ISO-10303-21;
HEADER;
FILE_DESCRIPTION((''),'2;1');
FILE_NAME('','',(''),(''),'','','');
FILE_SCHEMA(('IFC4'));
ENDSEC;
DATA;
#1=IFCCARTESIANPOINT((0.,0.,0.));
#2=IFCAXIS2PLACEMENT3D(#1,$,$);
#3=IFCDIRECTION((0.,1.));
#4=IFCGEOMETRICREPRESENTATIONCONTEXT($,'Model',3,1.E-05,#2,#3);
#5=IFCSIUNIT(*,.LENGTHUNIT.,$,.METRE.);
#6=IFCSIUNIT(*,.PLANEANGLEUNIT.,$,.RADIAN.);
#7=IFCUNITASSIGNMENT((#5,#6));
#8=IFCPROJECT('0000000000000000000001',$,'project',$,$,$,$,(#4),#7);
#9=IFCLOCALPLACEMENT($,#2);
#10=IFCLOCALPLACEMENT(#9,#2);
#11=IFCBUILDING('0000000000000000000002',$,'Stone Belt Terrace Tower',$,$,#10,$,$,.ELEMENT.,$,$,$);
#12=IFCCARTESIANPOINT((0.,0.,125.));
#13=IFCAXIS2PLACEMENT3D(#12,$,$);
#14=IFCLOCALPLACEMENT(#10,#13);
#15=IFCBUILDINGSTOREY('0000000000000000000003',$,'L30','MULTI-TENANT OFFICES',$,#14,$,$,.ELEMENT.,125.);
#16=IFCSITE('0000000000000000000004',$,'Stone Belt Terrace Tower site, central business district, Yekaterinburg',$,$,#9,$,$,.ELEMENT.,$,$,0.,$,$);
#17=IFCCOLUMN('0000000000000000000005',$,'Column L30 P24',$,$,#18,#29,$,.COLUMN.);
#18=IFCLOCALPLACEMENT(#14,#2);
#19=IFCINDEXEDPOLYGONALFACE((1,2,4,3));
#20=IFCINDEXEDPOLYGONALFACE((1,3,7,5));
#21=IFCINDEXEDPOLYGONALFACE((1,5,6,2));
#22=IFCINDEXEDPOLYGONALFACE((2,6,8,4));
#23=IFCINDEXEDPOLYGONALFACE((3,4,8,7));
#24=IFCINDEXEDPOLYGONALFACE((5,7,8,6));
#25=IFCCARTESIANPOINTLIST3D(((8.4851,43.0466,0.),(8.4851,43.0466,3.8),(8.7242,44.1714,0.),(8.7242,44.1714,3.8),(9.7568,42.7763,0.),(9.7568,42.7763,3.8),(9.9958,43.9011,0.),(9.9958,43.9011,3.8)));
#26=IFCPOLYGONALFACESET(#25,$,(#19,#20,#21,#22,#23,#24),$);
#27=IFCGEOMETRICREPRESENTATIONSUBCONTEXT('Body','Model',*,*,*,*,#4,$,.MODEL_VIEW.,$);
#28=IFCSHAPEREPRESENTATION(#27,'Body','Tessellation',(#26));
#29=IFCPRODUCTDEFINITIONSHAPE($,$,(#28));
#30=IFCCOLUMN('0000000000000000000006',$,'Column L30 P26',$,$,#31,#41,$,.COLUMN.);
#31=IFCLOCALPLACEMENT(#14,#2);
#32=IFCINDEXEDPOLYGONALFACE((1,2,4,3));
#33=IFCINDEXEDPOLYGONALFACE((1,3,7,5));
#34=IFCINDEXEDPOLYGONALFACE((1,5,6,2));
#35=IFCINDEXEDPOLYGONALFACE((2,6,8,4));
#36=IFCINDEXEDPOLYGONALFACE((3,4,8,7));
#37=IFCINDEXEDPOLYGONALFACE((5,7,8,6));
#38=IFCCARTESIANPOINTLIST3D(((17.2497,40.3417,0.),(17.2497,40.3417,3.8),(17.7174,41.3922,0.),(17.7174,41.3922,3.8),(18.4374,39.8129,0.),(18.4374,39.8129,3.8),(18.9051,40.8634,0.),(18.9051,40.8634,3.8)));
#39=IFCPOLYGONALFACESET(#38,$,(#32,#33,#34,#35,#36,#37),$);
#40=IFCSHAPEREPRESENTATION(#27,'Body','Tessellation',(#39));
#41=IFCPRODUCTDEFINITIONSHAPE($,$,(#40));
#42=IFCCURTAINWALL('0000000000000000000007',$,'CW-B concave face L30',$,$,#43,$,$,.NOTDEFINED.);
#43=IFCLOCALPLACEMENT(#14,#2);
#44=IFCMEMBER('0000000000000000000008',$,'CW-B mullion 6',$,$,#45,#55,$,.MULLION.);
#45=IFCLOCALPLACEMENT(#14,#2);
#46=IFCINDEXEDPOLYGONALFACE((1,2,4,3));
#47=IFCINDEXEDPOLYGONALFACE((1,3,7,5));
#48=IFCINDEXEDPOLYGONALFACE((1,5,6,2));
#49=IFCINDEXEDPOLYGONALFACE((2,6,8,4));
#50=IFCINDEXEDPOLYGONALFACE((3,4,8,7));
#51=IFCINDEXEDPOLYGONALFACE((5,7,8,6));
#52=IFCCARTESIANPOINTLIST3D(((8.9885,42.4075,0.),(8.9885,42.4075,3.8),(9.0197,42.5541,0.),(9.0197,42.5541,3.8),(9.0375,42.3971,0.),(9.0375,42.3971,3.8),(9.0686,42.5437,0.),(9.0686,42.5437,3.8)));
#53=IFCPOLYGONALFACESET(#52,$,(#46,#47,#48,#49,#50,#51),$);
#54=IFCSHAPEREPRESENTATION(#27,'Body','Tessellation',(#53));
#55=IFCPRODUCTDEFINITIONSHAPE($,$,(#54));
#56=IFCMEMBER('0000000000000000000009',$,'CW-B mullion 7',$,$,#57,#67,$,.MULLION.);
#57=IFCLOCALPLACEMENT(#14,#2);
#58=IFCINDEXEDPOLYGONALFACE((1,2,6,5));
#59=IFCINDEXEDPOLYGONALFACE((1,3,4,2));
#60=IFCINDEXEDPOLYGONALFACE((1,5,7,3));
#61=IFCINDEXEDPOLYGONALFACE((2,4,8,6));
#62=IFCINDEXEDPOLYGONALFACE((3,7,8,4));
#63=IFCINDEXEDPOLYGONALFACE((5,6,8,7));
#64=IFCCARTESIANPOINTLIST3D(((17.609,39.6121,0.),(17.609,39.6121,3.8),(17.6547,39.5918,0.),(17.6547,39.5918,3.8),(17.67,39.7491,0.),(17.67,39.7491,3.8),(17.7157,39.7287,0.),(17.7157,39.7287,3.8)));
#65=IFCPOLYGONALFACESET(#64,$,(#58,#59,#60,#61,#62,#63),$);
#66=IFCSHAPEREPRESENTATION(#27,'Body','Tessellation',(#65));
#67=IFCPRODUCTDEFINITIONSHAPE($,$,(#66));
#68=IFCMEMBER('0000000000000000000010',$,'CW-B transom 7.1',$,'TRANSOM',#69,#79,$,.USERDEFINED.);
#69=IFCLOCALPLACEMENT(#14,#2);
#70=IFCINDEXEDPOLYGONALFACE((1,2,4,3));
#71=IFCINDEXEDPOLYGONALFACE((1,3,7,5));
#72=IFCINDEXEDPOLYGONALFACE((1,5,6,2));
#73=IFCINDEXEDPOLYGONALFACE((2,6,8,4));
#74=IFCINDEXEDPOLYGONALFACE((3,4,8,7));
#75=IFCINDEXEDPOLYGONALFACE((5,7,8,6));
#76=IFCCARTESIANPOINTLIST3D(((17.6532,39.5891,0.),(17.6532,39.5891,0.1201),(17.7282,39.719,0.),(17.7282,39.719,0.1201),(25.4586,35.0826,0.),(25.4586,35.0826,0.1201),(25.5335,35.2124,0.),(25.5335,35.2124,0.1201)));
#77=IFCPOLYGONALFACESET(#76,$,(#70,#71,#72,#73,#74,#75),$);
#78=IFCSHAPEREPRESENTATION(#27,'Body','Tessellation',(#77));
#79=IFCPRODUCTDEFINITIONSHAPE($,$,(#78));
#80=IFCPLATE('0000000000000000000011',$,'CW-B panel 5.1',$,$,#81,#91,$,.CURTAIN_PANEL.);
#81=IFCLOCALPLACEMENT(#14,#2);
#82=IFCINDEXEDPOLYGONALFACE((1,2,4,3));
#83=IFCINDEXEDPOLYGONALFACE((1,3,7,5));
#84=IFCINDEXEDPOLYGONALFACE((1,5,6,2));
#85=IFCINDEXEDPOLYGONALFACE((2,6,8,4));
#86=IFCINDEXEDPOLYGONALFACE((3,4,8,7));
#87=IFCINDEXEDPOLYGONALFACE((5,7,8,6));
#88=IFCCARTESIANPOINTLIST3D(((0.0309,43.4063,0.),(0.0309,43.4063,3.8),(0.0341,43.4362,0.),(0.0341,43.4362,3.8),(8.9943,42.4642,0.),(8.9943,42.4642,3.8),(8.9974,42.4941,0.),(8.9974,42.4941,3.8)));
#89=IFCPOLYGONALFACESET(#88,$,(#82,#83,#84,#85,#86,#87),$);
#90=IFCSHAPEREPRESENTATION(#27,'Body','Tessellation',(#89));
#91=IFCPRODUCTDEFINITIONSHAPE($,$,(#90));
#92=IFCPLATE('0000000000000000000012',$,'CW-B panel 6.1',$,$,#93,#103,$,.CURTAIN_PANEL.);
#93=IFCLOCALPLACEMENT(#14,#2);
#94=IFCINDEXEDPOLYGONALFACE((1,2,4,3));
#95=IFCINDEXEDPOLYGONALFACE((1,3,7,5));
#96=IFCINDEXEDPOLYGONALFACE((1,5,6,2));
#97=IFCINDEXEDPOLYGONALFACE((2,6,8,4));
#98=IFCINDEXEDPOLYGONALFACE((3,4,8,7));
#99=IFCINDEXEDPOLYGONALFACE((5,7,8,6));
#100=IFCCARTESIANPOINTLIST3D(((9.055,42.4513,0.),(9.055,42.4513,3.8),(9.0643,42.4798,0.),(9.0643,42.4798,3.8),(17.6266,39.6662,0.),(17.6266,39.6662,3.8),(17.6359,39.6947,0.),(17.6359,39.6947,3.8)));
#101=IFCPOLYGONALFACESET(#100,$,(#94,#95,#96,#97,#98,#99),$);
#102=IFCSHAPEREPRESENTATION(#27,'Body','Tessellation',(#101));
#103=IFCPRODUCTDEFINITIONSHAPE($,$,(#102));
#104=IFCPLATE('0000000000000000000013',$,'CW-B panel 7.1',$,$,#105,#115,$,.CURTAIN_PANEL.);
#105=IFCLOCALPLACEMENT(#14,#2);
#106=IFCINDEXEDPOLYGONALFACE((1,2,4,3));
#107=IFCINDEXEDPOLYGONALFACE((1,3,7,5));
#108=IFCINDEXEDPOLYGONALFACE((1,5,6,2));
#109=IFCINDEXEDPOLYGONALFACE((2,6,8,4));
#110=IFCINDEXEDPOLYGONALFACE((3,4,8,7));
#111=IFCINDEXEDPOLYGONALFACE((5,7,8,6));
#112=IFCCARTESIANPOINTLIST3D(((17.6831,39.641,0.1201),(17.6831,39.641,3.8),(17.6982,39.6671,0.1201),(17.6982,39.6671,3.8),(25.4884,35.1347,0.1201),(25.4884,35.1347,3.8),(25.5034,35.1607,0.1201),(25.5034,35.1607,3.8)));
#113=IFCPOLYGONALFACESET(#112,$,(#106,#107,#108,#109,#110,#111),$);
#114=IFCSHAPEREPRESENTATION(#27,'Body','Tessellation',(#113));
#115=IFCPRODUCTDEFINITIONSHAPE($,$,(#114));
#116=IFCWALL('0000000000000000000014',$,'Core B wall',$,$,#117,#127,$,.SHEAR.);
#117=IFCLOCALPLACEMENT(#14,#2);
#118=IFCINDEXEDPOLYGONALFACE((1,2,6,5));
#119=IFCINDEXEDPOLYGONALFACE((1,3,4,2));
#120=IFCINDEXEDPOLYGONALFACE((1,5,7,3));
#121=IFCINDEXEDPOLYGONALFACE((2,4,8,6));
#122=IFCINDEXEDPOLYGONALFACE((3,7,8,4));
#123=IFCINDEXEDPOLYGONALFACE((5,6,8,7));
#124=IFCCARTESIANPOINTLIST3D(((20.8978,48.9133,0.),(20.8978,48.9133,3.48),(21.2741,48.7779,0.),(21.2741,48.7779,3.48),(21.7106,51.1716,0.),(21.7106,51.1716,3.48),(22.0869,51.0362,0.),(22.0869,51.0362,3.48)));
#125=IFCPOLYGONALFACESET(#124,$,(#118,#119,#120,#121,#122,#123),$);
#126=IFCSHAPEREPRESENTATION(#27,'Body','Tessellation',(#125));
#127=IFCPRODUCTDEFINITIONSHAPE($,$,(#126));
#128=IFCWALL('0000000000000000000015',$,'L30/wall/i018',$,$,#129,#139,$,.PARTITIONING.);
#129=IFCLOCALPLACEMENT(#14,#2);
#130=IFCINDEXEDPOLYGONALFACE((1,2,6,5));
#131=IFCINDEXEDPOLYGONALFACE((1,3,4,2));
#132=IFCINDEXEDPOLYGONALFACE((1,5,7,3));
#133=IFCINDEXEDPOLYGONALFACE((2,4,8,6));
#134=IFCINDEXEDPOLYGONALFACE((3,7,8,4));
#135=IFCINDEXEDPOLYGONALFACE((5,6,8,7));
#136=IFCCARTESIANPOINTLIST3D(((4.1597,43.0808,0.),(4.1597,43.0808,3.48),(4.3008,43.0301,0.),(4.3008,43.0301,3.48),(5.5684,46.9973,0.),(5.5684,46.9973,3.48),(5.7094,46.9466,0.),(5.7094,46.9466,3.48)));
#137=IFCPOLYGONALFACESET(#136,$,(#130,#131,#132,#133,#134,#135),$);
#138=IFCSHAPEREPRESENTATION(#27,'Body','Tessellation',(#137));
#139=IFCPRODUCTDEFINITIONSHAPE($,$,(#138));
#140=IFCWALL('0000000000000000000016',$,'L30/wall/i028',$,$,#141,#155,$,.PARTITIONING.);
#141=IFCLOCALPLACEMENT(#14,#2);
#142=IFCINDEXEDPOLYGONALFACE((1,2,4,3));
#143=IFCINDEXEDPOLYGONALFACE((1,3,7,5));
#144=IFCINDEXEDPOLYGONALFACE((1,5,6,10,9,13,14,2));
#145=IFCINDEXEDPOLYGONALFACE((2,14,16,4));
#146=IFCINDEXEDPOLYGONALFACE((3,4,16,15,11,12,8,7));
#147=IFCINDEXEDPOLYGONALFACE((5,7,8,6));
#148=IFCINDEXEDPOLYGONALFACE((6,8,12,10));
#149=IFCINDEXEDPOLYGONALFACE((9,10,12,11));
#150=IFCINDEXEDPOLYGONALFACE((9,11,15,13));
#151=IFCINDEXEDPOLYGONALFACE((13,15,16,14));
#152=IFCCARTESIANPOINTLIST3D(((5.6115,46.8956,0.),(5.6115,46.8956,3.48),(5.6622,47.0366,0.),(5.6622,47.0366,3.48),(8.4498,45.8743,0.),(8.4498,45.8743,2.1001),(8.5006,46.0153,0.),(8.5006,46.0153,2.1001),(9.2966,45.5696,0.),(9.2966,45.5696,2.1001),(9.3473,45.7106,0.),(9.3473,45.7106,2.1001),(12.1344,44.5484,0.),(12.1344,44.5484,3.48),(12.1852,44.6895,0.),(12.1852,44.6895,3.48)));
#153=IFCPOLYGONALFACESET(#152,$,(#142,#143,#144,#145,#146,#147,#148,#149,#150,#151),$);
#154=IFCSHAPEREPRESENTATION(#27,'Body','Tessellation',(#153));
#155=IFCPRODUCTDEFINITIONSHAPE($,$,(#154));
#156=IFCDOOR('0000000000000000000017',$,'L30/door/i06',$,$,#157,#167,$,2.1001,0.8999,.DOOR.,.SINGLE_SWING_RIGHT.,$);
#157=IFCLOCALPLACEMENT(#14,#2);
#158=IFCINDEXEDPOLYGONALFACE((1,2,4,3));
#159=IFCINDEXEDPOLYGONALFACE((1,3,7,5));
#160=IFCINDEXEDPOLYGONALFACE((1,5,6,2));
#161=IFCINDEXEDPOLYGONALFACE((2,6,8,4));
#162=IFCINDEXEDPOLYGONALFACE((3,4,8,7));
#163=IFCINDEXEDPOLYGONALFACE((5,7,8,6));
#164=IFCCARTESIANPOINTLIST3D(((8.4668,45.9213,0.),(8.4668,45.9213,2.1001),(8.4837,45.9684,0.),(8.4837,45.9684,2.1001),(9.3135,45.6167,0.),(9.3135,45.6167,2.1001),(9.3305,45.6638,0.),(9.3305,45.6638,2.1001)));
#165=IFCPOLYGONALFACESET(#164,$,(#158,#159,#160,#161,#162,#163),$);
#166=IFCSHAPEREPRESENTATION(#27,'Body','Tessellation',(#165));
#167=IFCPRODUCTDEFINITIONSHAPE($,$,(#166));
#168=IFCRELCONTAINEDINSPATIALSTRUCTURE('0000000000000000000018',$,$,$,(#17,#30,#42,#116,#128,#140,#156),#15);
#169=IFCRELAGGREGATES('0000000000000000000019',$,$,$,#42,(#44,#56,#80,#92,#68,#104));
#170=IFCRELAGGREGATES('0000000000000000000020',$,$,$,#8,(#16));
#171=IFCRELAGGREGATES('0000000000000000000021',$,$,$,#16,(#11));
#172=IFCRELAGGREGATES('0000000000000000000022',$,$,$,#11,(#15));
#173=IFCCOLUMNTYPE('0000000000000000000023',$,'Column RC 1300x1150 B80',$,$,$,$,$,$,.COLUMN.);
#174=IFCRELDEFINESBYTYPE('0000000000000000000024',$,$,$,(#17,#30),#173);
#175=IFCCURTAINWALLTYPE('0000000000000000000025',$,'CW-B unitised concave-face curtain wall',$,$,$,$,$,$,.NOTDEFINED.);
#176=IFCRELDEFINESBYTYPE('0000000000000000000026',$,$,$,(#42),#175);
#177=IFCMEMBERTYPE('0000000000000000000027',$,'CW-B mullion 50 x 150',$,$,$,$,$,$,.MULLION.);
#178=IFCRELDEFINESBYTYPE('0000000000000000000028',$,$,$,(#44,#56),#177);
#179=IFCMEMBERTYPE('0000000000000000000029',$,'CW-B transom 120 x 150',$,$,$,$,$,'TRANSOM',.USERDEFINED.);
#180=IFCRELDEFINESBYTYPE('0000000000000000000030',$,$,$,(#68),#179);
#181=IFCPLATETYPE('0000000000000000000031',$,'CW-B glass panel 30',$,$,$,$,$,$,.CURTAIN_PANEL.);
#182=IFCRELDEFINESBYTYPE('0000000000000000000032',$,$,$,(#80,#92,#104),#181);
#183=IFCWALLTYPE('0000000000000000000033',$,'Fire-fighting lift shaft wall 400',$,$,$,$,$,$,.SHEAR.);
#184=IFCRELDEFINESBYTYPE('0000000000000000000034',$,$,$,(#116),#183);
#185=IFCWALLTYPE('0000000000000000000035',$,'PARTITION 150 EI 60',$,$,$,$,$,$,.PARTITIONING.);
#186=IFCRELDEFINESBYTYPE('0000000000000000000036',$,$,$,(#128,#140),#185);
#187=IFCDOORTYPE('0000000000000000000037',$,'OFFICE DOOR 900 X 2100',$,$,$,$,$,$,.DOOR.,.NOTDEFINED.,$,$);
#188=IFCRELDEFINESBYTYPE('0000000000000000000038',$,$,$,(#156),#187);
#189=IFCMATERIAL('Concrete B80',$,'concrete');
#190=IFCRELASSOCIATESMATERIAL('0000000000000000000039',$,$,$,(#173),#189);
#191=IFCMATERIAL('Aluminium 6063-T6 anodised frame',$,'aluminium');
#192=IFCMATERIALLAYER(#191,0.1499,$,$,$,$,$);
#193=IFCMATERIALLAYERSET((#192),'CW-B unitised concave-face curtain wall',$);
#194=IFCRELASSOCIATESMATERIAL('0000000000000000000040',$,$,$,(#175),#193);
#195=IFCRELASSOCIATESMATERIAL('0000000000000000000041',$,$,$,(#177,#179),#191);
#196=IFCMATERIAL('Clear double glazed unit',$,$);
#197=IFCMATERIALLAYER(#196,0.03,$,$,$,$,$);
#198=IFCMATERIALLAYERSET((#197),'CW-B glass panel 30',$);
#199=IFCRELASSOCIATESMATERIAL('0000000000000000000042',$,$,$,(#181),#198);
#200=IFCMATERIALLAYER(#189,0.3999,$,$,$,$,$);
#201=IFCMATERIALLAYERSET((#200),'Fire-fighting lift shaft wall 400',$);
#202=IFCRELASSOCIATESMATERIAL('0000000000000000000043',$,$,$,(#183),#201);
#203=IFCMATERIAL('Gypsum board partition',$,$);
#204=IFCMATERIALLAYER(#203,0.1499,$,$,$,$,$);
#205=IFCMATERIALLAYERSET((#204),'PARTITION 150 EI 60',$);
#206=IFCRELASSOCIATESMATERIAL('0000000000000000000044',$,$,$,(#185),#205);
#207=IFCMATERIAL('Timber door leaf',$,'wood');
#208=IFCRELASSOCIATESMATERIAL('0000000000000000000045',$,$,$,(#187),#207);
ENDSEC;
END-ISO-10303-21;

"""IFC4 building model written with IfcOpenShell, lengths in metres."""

from ifc_helpers import new_model, si_unit, direction, frame, frame_2d, origin, origin_2d, place, context, subcontext, project, spatial, rectangle, extrude, material, layer, layer_set, material_profile, profile_set, type_object, element, fill, aggregate, save


model = new_model("IFC4")

# Units and contexts
model_context = context("Model", 3, precision=1e-05, world=origin(), true_north=direction((0.0, 1.0)))
body_context = subcontext(model_context, "Body", "Model", "MODEL_VIEW")
ifc_project = project(units=[si_unit("LENGTHUNIT", "METRE"), si_unit("PLANEANGLEUNIT", "RADIAN")], contexts=[model_context])

# Site, building, storey
site_placement = place(None, origin())
site = spatial("IfcSite", under=ifc_project, at=site_placement, Name="Stone Belt Terrace Tower site, central business district, Yekaterinburg", CompositionType="ELEMENT", RefElevation=0.0)
building_placement = place(site_placement, origin())
building = spatial("IfcBuilding", under=site, at=building_placement, Name="Stone Belt Terrace Tower", CompositionType="ELEMENT")
storey_placement = place(building_placement, frame((0.0, 0.0, 125.0)))
storey = spatial("IfcBuildingStorey", under=building, at=storey_placement, Name="L30", Description="MULTI-TENANT OFFICES", CompositionType="ELEMENT", Elevation=125.0)

# Columns
ifc_material_1 = material(Name="Concrete B80", Category="concrete")
ifc_material_profile_1 = material_profile(ifc_material_1, rectangle(XDim=1.3, YDim=1.1499, at=origin_2d()), Name="RC 1300x1150")
ifc_profile_set_1 = profile_set([ifc_material_profile_1], Name="Concrete B80")
column_type = type_object("IfcColumnType", Name="Column RC 1300x1150 B80", PredefinedType="COLUMN", material=ifc_profile_set_1)
for number, where, z_axis, x_axis, name in (
    (1, (9.2405, 43.4739, 0.0), (0.0, 0.0, 1.0), (0.978148, -0.207912, 0.0), "Column L30 P24"),
    (2, (18.0774, 40.6025, 0.0), (0.0, 0.0, 1.0), (0.913545, -0.406737, 0.0), "Column L30 P26"),
):
    element("IfcColumn", number, at=place(storey_placement, frame(where, z_axis=z_axis, x_axis=x_axis)), inside=storey, type_object=column_type, Name=name, PredefinedType="COLUMN", context=body_context, shape_type="SweptSolid", body=[
        extrude(rectangle(XDim=1.3, YDim=1.1499, at=origin_2d()), origin(), (0.0, 0.0, 1.0), 3.8),
    ])

# Curtain wall, members, plates
ifc_material_2 = material(Name="Aluminium 6063-T6 anodised frame", Category="aluminium")
ifc_layer_1 = layer(ifc_material_2, 0.1499)
ifc_layer_set_1 = layer_set([ifc_layer_1], Name="CW-B unitised concave-face curtain wall")
curtain_wall_type = type_object("IfcCurtainWallType", Name="CW-B unitised concave-face curtain wall", PredefinedType="NOTDEFINED", material=ifc_layer_set_1)
curtain_wall_placement = place(storey_placement, origin())
curtain_wall = element("IfcCurtainWall", 3, at=curtain_wall_placement, inside=storey, type_object=curtain_wall_type, Name="CW-B concave face L30", PredefinedType="NOTDEFINED")
ifc_material_profile_2 = material_profile(ifc_material_2, rectangle(XDim=0.1499, YDim=0.05, at=origin_2d()), Name="Aluminium 6063-T6 50x150")
ifc_profile_set_2 = profile_set([ifc_material_profile_2], Name="Aluminium 6063-T6 anodised frame")
member_type_1 = type_object("IfcMemberType", Name="CW-B mullion 50 x 150", PredefinedType="MULLION", material=ifc_profile_set_2)
member_1_placement = place(storey_placement, frame((9.0286, 42.4756, 0.0), z_axis=(0.0, 0.0, 1.0), x_axis=(0.207912, 0.978148, 0.0)))
member_1 = element("IfcMember", 4, at=member_1_placement, type_object=member_type_1, Name="CW-B mullion 6", PredefinedType="MULLION", context=body_context, shape_type="SweptSolid", body=[
    extrude(rectangle(XDim=0.1499, YDim=0.05, at=origin_2d()), origin(), (0.0, 0.0, 1.0), 3.8),
])
member_2_placement = place(storey_placement, frame((17.6624, 39.6704, 0.0), z_axis=(0.0, 0.0, 1.0), x_axis=(0.406737, 0.913545, 0.0)))
member_2 = element("IfcMember", 5, at=member_2_placement, type_object=member_type_1, Name="CW-B mullion 7", PredefinedType="MULLION", context=body_context, shape_type="SweptSolid", body=[
    extrude(rectangle(XDim=0.1499, YDim=0.05, at=origin_2d()), origin(), (0.0, 0.0, 1.0), 3.8),
])
ifc_material_profile_3 = material_profile(ifc_material_2, rectangle(XDim=0.1499, YDim=0.1201, at=origin_2d()), Name="Aluminium 6063-T6 150x120")
ifc_profile_set_3 = profile_set([ifc_material_profile_3], Name="Aluminium 6063-T6 anodised frame")
member_type_2 = type_object("IfcMemberType", Name="CW-B transom 120 x 150", ElementType="TRANSOM", PredefinedType="USERDEFINED", material=ifc_profile_set_3)
member_3_placement = place(storey_placement, frame((17.6907, 39.6541, 0.0601), z_axis=(0.866019, -0.500011, 0.0), x_axis=(0.500011, 0.866019, 0.0)))
member_3 = element("IfcMember", 6, at=member_3_placement, type_object=member_type_2, Name="CW-B transom 7.1", ObjectType="TRANSOM", PredefinedType="USERDEFINED", context=body_context, shape_type="SweptSolid", body=[
    extrude(rectangle(XDim=0.1499, YDim=0.1201, at=origin_2d()), origin(), (0.0, 0.0, 1.0), 9.0129),
])
ifc_material_3 = material(Name="Clear double glazed unit")
ifc_layer_2 = layer(ifc_material_3, 0.03)
ifc_layer_set_2 = layer_set([ifc_layer_2], Name="CW-B glass panel 30")
plate_type = type_object("IfcPlateType", Name="CW-B glass panel 30", PredefinedType="CURTAIN_PANEL", material=ifc_layer_set_2)
plate_1_placement = place(storey_placement, frame((4.5142, 42.9502, 0.0), z_axis=(0.0, 0.0, 1.0), x_axis=(0.994522, -0.104528, 0.0)))
plate_1 = element("IfcPlate", 7, at=plate_1_placement, type_object=plate_type, Name="CW-B panel 5.1", PredefinedType="CURTAIN_PANEL", context=body_context, shape_type="SweptSolid", body=[
    extrude(rectangle(XDim=9.0127, YDim=0.03, at=origin_2d()), origin(), (0.0, 0.0, 1.0), 3.8),
])
plate_2_placement = place(storey_placement, frame((13.3455, 41.073, 0.0), z_axis=(0.0, 0.0, 1.0), x_axis=(0.951057, -0.309017, 0.0)))
plate_2 = element("IfcPlate", 8, at=plate_2_placement, type_object=plate_type, Name="CW-B panel 6.1", PredefinedType="CURTAIN_PANEL", context=body_context, shape_type="SweptSolid", body=[
    extrude(rectangle(XDim=9.0127, YDim=0.03, at=origin_2d()), origin(), (0.0, 0.0, 1.0), 3.8),
])
plate_3_placement = place(storey_placement, frame((21.5933, 37.4009, 0.1201), z_axis=(0.0, 0.0, 1.0), x_axis=(0.866025, -0.5, 0.0)))
plate_3 = element("IfcPlate", 9, at=plate_3_placement, type_object=plate_type, Name="CW-B panel 7.1", PredefinedType="CURTAIN_PANEL", context=body_context, shape_type="SweptSolid", body=[
    extrude(rectangle(XDim=9.0127, YDim=0.03, at=origin_2d()), origin(), (0.0, 0.0, 1.0), 3.6799),
])
aggregate(curtain_wall, [member_1, member_2, plate_1, plate_2, member_3, plate_3])

# Walls
ifc_layer_3 = layer(ifc_material_1, 0.3999)
ifc_layer_set_3 = layer_set([ifc_layer_3], Name="Fire-fighting lift shaft wall 400")
wall_type_1 = type_object("IfcWallType", Name="Fire-fighting lift shaft wall 400", PredefinedType="SHEAR", material=ifc_layer_set_3)
wall_1_placement = place(storey_placement, frame((21.0859, 48.8455, 0.0), z_axis=(0.0, 0.0, 1.0), x_axis=(0.338629, 0.94092, 0.0)))
element("IfcWall", 10, at=wall_1_placement, inside=storey, type_object=wall_type_1, Name="Core B wall", PredefinedType="SHEAR", context=body_context, shape_type="SweptSolid", body=[
    extrude(rectangle(XDim=2.4001, YDim=0.3999, at=frame_2d((1.2002, 0.0))), origin(), (0.0, 0.0, 1.0), 3.48),
])
ifc_material_4 = material(Name="Gypsum board partition")
ifc_layer_4 = layer(ifc_material_4, 0.1499)
ifc_layer_set_4 = layer_set([ifc_layer_4], Name="PARTITION 150 EI 60")
wall_type_2 = type_object("IfcWallType", Name="PARTITION 150 EI 60", PredefinedType="PARTITIONING", material=ifc_layer_set_4)
wall_2_placement = place(storey_placement, frame((5.6389, 46.9719, 0.0), z_axis=(0.0, 0.0, 1.0), x_axis=(-0.338454, -0.940983, 0.0)))
element("IfcWall", 11, at=wall_2_placement, inside=storey, type_object=wall_type_2, Name="L30/wall/i018", PredefinedType="PARTITIONING", context=body_context, shape_type="SweptSolid", body=[
    extrude(rectangle(XDim=4.1621, YDim=0.1499, at=frame_2d((2.0811, 0.0))), origin(), (0.0, 0.0, 1.0), 3.48),
])

# Wall, opening, door
wall_3_placement = place(storey_placement, frame((12.1599, 44.6189, 0.0), z_axis=(0.0, 0.0, 1.0), x_axis=(-0.940938, 0.33858, 0.0)))
wall_3 = element("IfcWall", 12, at=wall_3_placement, inside=storey, type_object=wall_type_2, Name="L30/wall/i028", PredefinedType="PARTITIONING", context=body_context, shape_type="SweptSolid", body=[
    extrude(rectangle(XDim=6.9324, YDim=0.1499, at=frame_2d((3.4663, 0.0))), origin(), (0.0, 0.0, 1.0), 3.48),
])
opening_1_placement = place(wall_3_placement, frame((3.0161, 0.0, 0.0)))
opening_1 = element("IfcOpeningElement", 13, at=opening_1_placement, cuts=wall_3, PredefinedType="OPENING", context=body_context, shape_type="SweptSolid", body=[
    extrude(rectangle(XDim=0.8999, YDim=2.1001, at=frame_2d((0.45, 1.05))), frame((0.0, 0.085, 0.0), z_axis=(0.0, -1.0, 0.0), x_axis=(1.0, 0.0, 0.0)), (0.0, 0.0, 1.0), 0.1699),
])
ifc_material_5 = material(Name="Timber door leaf", Category="wood")
door_type_1 = type_object("IfcDoorType", Name="OFFICE DOOR 900 X 2100", OperationType="NOTDEFINED", PredefinedType="DOOR", material=ifc_material_5)
door_1_placement = place(opening_1_placement, origin())
door_1 = element("IfcDoor", 14, at=door_1_placement, inside=storey, type_object=door_type_1, Name="L30/door/i06", OperationType="SINGLE_SWING_RIGHT", OverallHeight=2.1001, OverallWidth=0.8999, PredefinedType="DOOR", context=body_context, shape_type="SweptSolid", body=[
    extrude(rectangle(XDim=0.8999, YDim=2.1001, at=frame_2d((0.45, 1.05))), frame((0.0, 0.0249, 0.0), z_axis=(0.0, -1.0, 0.0), x_axis=(1.0, 0.0, 0.0)), (0.0, 0.0, 1.0), 0.05),
])
fill(opening_1, door_1)

save(model, "model.ifc")
